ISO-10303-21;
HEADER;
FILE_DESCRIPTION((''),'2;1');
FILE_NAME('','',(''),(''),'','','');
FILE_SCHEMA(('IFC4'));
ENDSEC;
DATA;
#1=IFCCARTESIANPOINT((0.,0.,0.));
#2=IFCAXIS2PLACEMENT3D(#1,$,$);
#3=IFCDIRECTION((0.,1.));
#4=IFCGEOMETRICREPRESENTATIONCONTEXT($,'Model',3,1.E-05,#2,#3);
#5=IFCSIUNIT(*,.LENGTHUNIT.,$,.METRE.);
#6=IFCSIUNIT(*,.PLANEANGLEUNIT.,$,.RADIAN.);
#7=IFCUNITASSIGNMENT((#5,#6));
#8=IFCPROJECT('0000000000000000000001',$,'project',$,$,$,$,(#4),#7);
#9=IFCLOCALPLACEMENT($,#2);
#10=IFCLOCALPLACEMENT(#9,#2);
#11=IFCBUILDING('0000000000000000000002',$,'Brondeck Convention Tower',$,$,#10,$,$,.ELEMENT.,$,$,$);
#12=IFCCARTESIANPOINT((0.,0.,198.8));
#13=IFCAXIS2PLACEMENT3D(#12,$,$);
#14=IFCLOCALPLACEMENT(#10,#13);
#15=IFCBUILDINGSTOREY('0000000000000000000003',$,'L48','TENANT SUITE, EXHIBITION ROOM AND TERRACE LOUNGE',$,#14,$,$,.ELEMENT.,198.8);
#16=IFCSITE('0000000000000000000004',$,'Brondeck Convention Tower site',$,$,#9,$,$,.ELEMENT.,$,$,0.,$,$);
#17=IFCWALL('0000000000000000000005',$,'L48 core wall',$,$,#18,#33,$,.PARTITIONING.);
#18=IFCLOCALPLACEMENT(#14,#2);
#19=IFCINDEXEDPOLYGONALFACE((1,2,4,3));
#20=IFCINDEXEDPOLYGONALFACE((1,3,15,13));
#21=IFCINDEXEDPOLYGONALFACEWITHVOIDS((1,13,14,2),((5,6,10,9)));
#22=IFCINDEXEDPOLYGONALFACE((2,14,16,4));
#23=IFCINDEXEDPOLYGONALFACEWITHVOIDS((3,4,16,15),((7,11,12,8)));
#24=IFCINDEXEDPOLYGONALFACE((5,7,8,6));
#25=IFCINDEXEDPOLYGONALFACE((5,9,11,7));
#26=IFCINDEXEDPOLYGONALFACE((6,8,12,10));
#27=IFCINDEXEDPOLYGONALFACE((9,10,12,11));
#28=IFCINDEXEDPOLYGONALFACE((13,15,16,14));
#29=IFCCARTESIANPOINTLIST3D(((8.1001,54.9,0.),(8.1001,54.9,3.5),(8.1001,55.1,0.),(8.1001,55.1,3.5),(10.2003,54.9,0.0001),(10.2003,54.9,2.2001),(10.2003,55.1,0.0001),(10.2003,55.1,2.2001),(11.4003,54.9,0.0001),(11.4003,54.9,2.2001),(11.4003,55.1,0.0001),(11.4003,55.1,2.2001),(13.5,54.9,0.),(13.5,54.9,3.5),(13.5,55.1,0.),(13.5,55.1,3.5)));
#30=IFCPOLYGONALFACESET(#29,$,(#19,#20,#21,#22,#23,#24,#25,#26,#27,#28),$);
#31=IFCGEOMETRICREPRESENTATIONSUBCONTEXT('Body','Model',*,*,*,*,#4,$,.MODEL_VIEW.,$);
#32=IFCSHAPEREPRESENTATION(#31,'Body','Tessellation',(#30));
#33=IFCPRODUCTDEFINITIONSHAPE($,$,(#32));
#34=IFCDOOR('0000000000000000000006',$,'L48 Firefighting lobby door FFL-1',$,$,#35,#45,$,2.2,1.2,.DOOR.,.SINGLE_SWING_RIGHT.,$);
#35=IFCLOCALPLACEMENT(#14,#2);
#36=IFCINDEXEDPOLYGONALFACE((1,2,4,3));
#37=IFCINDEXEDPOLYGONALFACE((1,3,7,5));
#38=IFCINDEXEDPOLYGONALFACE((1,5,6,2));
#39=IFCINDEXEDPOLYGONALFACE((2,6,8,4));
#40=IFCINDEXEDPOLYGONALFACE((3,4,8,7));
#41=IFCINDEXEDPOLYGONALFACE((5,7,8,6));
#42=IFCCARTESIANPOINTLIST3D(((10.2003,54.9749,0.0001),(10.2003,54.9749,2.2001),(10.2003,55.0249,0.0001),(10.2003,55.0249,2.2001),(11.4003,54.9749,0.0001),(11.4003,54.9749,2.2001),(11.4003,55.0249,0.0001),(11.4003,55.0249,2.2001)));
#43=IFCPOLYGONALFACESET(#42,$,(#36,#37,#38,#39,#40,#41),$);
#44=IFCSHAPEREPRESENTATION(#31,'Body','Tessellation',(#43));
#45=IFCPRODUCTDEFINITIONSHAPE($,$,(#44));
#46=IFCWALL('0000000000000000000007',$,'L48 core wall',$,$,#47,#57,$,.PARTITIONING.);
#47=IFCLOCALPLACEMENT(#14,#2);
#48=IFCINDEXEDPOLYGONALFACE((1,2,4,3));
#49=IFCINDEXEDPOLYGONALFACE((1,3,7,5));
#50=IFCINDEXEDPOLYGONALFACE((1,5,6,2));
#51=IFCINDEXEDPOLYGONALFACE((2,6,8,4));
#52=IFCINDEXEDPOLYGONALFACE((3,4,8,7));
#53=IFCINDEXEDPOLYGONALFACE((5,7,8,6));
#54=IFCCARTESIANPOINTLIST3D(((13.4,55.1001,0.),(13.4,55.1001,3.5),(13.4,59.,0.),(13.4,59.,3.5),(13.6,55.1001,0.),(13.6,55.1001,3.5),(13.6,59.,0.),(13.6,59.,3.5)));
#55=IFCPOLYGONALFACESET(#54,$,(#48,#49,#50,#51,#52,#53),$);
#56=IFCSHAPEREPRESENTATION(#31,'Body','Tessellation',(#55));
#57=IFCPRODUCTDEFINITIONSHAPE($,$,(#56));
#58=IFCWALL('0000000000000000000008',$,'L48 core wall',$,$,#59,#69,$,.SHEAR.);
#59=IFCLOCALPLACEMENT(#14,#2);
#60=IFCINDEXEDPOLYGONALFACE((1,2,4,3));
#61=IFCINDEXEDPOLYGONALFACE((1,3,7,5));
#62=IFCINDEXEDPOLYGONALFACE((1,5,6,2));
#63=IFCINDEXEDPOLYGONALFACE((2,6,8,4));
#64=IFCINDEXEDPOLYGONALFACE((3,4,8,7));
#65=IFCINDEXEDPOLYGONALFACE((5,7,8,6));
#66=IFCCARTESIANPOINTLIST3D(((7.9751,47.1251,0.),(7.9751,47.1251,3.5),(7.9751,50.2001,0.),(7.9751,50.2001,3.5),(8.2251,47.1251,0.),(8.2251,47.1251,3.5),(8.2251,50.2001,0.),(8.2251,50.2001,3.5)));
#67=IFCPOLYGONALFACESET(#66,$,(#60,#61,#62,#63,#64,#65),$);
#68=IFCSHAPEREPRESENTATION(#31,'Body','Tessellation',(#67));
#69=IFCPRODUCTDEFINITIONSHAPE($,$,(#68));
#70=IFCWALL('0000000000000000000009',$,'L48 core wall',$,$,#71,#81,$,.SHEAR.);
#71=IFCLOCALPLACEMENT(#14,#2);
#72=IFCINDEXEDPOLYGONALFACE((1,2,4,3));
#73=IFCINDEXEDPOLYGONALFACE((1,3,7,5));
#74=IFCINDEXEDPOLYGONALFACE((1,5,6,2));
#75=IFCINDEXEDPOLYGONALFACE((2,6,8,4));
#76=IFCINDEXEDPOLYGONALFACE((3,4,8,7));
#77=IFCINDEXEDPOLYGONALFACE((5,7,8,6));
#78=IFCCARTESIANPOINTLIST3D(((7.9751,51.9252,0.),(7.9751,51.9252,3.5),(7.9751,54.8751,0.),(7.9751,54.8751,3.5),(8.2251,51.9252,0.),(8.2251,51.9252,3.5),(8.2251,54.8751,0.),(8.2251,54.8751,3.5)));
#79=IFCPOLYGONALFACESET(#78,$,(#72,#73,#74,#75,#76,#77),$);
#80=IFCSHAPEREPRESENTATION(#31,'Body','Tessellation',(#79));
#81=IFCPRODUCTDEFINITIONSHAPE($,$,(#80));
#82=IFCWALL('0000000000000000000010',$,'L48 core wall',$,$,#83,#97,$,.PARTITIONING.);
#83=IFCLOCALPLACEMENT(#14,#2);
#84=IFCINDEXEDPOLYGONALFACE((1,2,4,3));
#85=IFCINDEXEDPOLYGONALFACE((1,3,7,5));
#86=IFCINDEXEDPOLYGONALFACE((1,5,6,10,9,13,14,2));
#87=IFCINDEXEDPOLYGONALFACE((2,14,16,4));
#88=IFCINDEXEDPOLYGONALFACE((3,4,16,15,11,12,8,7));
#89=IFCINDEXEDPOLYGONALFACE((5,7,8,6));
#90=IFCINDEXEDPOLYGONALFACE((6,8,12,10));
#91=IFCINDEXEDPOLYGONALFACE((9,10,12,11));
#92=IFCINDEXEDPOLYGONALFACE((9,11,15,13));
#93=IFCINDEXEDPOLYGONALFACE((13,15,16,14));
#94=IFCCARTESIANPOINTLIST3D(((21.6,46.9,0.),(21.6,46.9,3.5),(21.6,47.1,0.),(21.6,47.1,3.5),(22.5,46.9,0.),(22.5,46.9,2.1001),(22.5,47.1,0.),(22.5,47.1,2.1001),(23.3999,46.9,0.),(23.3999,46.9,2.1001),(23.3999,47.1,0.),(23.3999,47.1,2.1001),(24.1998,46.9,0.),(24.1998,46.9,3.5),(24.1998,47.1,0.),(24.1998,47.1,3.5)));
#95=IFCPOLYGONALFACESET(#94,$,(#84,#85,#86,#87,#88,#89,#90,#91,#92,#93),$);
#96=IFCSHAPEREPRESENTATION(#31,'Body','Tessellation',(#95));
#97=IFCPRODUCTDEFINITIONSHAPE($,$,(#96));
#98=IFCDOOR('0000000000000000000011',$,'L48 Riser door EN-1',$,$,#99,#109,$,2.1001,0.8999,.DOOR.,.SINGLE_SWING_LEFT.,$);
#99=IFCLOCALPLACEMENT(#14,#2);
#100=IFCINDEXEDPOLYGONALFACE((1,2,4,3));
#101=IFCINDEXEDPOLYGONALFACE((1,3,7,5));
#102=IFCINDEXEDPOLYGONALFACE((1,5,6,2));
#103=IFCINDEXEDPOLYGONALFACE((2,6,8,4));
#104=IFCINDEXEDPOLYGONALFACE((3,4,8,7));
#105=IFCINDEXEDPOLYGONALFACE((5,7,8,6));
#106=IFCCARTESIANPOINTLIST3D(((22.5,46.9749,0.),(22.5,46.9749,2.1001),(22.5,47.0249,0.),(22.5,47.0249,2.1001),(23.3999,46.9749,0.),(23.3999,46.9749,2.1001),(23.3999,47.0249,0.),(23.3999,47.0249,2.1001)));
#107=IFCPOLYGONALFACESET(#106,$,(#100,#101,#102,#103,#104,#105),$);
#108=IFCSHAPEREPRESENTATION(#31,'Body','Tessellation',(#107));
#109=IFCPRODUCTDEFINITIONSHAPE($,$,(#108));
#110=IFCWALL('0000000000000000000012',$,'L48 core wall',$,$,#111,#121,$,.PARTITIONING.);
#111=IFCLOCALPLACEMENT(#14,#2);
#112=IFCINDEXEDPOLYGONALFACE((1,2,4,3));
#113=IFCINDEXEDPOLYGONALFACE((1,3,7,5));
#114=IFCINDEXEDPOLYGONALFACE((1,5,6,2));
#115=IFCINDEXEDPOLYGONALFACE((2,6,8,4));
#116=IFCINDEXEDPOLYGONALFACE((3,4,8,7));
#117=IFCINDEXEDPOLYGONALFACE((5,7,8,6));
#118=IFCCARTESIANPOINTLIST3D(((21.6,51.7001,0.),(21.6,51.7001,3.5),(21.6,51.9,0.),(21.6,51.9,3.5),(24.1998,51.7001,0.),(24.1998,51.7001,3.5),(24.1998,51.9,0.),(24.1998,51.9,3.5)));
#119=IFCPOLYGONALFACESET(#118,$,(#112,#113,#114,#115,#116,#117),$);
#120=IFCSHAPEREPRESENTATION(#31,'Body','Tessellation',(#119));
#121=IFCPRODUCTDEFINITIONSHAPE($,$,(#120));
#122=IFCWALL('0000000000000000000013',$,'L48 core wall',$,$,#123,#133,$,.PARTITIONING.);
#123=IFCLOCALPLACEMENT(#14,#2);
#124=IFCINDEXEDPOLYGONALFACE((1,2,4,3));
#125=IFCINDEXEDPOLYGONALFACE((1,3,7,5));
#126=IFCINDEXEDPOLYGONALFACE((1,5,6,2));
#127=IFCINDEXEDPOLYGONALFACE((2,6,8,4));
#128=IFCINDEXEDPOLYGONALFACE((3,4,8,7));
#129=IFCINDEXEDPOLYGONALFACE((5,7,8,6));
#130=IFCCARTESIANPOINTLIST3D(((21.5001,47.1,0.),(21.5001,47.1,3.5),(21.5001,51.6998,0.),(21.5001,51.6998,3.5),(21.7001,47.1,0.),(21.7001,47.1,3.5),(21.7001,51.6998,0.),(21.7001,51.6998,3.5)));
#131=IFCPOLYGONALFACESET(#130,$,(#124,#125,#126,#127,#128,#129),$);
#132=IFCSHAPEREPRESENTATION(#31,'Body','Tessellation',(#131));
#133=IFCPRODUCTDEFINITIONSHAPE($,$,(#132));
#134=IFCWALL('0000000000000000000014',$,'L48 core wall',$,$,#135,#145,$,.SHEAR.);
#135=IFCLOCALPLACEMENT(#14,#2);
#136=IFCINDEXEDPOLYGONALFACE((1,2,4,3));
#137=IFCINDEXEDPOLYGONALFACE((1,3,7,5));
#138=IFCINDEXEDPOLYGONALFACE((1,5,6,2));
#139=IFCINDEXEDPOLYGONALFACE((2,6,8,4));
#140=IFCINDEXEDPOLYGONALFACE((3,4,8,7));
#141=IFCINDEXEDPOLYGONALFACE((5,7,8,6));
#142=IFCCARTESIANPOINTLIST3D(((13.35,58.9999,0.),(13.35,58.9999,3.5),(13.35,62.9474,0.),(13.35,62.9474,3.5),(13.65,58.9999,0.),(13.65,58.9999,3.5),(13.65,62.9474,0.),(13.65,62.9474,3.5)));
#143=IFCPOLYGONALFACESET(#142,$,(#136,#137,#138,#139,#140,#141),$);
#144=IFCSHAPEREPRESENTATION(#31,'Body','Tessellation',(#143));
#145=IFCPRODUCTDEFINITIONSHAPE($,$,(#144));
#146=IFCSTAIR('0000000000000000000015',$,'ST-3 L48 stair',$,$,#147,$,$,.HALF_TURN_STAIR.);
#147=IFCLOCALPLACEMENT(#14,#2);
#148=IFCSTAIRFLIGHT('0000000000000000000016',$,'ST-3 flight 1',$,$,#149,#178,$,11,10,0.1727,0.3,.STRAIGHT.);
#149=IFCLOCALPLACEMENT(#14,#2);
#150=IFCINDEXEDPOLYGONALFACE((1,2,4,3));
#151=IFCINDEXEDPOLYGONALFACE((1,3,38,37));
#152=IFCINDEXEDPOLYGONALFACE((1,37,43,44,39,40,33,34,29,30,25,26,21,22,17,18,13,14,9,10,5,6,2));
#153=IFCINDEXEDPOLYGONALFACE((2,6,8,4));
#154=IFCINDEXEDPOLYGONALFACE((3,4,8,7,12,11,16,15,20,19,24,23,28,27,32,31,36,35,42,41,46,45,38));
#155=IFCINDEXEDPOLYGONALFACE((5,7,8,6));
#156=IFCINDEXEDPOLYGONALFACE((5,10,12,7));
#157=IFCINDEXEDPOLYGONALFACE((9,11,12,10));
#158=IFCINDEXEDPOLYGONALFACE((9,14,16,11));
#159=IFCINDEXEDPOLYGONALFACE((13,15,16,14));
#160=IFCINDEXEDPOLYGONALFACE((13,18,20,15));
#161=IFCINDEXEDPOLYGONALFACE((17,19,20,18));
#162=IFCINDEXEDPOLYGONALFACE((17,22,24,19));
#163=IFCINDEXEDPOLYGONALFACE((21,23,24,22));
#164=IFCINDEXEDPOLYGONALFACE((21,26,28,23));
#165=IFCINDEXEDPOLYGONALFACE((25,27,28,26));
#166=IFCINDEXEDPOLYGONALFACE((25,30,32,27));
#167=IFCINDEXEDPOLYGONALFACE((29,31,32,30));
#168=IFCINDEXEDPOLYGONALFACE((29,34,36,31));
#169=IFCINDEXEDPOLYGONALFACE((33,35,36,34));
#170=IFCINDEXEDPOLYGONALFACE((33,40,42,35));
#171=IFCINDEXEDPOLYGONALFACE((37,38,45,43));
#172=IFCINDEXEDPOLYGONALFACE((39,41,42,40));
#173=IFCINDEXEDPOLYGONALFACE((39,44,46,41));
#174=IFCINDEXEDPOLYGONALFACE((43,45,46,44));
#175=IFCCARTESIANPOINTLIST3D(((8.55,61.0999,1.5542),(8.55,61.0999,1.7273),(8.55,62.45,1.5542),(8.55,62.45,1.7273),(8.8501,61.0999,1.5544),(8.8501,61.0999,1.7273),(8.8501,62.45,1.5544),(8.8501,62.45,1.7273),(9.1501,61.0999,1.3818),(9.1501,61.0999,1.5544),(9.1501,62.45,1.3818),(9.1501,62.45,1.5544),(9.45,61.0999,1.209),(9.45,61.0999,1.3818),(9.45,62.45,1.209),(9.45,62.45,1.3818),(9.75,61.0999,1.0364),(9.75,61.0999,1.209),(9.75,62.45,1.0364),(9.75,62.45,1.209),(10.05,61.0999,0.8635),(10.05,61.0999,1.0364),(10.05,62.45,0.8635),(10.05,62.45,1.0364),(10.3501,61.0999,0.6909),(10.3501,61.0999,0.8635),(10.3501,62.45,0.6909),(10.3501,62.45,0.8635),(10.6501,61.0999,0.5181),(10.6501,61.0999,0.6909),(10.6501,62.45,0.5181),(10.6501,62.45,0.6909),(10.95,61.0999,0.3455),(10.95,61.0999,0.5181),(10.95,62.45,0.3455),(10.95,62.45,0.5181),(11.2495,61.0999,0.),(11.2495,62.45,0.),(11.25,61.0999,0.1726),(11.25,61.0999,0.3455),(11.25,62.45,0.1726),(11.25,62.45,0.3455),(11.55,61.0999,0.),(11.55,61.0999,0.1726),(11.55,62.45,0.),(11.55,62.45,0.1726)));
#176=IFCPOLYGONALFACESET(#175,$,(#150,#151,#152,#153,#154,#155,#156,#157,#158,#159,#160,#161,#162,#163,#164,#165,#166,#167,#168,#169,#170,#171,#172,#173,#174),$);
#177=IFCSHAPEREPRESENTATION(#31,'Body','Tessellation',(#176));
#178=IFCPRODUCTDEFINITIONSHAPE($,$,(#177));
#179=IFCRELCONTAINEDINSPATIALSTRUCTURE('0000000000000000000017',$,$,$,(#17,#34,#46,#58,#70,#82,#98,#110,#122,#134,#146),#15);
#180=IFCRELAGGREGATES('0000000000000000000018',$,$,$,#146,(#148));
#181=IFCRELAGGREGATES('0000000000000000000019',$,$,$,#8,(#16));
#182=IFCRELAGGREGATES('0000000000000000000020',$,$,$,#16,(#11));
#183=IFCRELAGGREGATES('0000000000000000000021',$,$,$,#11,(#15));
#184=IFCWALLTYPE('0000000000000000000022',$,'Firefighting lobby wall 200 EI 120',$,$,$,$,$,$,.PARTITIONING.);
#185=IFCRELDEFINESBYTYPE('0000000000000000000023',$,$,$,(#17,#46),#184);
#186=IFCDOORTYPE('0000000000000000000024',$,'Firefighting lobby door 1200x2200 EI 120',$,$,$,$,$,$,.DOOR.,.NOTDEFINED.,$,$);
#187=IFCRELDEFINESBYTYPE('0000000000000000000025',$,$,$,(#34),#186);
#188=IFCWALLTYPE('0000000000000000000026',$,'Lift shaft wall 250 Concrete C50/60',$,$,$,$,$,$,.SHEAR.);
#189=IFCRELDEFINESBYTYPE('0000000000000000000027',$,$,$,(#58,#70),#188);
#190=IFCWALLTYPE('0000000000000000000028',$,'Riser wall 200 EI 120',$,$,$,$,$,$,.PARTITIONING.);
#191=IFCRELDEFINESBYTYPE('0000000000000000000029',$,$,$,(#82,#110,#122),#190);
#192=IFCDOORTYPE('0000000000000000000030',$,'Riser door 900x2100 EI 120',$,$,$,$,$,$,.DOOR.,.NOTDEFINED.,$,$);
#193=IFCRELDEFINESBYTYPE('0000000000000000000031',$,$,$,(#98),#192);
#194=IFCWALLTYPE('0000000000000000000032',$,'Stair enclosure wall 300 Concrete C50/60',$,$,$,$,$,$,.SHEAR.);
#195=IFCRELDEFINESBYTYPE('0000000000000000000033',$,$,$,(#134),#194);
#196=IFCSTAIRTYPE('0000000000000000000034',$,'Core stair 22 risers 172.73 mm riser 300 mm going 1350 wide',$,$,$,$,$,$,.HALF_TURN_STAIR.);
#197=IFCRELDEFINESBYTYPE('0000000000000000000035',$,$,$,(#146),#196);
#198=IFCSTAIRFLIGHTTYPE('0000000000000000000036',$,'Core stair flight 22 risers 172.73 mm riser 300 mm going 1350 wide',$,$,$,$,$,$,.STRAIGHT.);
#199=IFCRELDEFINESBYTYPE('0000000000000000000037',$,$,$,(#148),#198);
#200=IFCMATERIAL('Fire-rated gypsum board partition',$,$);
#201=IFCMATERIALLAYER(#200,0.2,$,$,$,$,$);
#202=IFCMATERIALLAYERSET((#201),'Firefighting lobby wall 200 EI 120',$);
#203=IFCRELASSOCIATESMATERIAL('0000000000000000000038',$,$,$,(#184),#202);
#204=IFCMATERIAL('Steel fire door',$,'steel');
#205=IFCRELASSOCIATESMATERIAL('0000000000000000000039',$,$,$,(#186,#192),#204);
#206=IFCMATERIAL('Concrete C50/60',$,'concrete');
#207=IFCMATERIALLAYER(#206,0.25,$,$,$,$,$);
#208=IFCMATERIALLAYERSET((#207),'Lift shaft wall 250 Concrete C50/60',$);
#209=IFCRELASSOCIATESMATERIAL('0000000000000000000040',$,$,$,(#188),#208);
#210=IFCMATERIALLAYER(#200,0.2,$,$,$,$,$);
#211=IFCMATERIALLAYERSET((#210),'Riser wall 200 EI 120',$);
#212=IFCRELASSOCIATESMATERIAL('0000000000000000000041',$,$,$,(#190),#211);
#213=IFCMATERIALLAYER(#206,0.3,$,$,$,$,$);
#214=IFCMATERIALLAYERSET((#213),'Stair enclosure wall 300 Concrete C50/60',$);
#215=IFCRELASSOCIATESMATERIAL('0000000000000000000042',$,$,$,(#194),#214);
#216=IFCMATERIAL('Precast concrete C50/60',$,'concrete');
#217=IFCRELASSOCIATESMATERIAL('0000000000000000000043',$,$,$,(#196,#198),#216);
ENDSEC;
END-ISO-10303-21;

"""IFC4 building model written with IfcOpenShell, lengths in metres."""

from ifc_helpers import new_model, si_unit, direction, frame, frame_2d, origin, place, context, subcontext, project, spatial, polyline, rectangle, outline, extrude, material, layer, layer_set, type_object, element, fill, aggregate, save


model = new_model("IFC4")

# Units and contexts
model_context = context("Model", 3, precision=1e-05, world=origin(), true_north=direction((0.0, 1.0)))
body_context = subcontext(model_context, "Body", "Model", "MODEL_VIEW")
ifc_project = project(units=[si_unit("LENGTHUNIT", "METRE"), si_unit("PLANEANGLEUNIT", "RADIAN")], contexts=[model_context])

# Site, building, storey
site_placement = place(None, origin())
site = spatial("IfcSite", under=ifc_project, at=site_placement, Name="Brondeck Convention Tower site", CompositionType="ELEMENT", RefElevation=0.0)
building_placement = place(site_placement, origin())
building = spatial("IfcBuilding", under=site, at=building_placement, Name="Brondeck Convention Tower", CompositionType="ELEMENT")
storey_placement = place(building_placement, frame((0.0, 0.0, 198.8)))
storey = spatial("IfcBuildingStorey", under=building, at=storey_placement, Name="L48", Description="TENANT SUITE, EXHIBITION ROOM AND TERRACE LOUNGE", CompositionType="ELEMENT", Elevation=198.8)

# Shared definitions
ifc_material_1 = material(Name="Concrete C50/60", Category="concrete")

# Shared definitions
ifc_material_2 = material(Name="Fire-rated gypsum board partition")

# Shared definitions
ifc_material_3 = material(Name="Steel fire door", Category="steel")

# Wall, opening, door
ifc_layer_1 = layer(ifc_material_2, 0.2)
ifc_layer_set_1 = layer_set([ifc_layer_1], Name="Firefighting lobby wall 200 EI 120")
wall_type_1 = type_object("IfcWallType", Name="Firefighting lobby wall 200 EI 120", PredefinedType="PARTITIONING", material=ifc_layer_set_1)
wall_1_placement = place(storey_placement, frame((8.1001, 55.0, 0.0), z_axis=(0.0, 0.0, 1.0), x_axis=(1.0, 0.0, 0.0)))
wall_1 = element("IfcWall", 1, at=wall_1_placement, inside=storey, type_object=wall_type_1, Name="L48 core wall", PredefinedType="PARTITIONING", context=body_context, shape_type="SweptSolid", body=[
    extrude(rectangle(XDim=5.3999, YDim=0.2, at=frame_2d((2.7, 0.0))), origin(), (0.0, 0.0, 1.0), 3.5),
])
opening_1_placement = place(wall_1_placement, frame((2.1001, 0.0, 0.0)))
opening_1 = element("IfcOpeningElement", 2, at=opening_1_placement, cuts=wall_1, PredefinedType="OPENING", context=body_context, shape_type="SweptSolid", body=[
    extrude(rectangle(XDim=1.2, YDim=2.2, at=frame_2d((0.6001, 1.1001))), frame((0.0, 0.1099, 0.0), z_axis=(0.0, -1.0, 0.0), x_axis=(1.0, 0.0, 0.0)), (0.0, 0.0, 1.0), 0.22),
])
door_type_1 = type_object("IfcDoorType", Name="Firefighting lobby door 1200x2200 EI 120", OperationType="NOTDEFINED", PredefinedType="DOOR", material=ifc_material_3)
door_1_placement = place(opening_1_placement, origin())
door_1 = element("IfcDoor", 3, at=door_1_placement, inside=storey, type_object=door_type_1, Name="L48 Firefighting lobby door FFL-1", OperationType="SINGLE_SWING_RIGHT", OverallHeight=2.2, OverallWidth=1.2, PredefinedType="DOOR", context=body_context, shape_type="SweptSolid", body=[
    extrude(rectangle(XDim=1.2, YDim=2.2, at=frame_2d((0.6001, 1.1001))), frame((0.0, 0.0249, 0.0), z_axis=(0.0, -1.0, 0.0), x_axis=(1.0, 0.0, 0.0)), (0.0, 0.0, 1.0), 0.05),
])
fill(opening_1, door_1)

# Walls
wall_2_placement = place(storey_placement, frame((13.5, 55.1001, 0.0), z_axis=(0.0, 0.0, 1.0), x_axis=(0.0, 1.0, 0.0)))
element("IfcWall", 4, at=wall_2_placement, inside=storey, type_object=wall_type_1, Name="L48 core wall", PredefinedType="PARTITIONING", context=body_context, shape_type="SweptSolid", body=[
    extrude(rectangle(XDim=3.8999, YDim=0.2, at=frame_2d((1.95, 0.0))), origin(), (0.0, 0.0, 1.0), 3.5),
])
ifc_layer_2 = layer(ifc_material_1, 0.25)
ifc_layer_set_2 = layer_set([ifc_layer_2], Name="Lift shaft wall 250 Concrete C50/60")
wall_type_2 = type_object("IfcWallType", Name="Lift shaft wall 250 Concrete C50/60", PredefinedType="SHEAR", material=ifc_layer_set_2)
wall_3_placement = place(storey_placement, frame((8.1001, 47.125, 0.0), z_axis=(0.0, 0.0, 1.0), x_axis=(0.0, 1.0, 0.0)))
element("IfcWall", 5, at=wall_3_placement, inside=storey, type_object=wall_type_2, Name="L48 core wall", PredefinedType="SHEAR", context=body_context, shape_type="SweptSolid", body=[
    extrude(rectangle(XDim=3.075, YDim=0.25, at=frame_2d((1.5376, 0.0))), origin(), (0.0, 0.0, 1.0), 3.5),
])
wall_4_placement = place(storey_placement, frame((8.1001, 51.925, 0.0), z_axis=(0.0, 0.0, 1.0), x_axis=(0.0, 1.0, 0.0)))
element("IfcWall", 6, at=wall_4_placement, inside=storey, type_object=wall_type_2, Name="L48 core wall", PredefinedType="SHEAR", context=body_context, shape_type="SweptSolid", body=[
    extrude(rectangle(XDim=2.95, YDim=0.25, at=frame_2d((1.4751, 0.0))), origin(), (0.0, 0.0, 1.0), 3.5),
])

# Wall, opening, door
ifc_layer_3 = layer(ifc_material_2, 0.2)
ifc_layer_set_3 = layer_set([ifc_layer_3], Name="Riser wall 200 EI 120")
wall_type_3 = type_object("IfcWallType", Name="Riser wall 200 EI 120", PredefinedType="PARTITIONING", material=ifc_layer_set_3)
wall_5_placement = place(storey_placement, frame((21.6001, 47.0, 0.0), z_axis=(0.0, 0.0, 1.0), x_axis=(1.0, 0.0, 0.0)))
wall_5 = element("IfcWall", 7, at=wall_5_placement, inside=storey, type_object=wall_type_3, Name="L48 core wall", PredefinedType="PARTITIONING", context=body_context, shape_type="SweptSolid", body=[
    extrude(rectangle(XDim=2.5999, YDim=0.2, at=frame_2d((1.2998, 0.0))), origin(), (0.0, 0.0, 1.0), 3.5),
])
opening_2_placement = place(wall_5_placement, frame((0.8999, 0.0, 0.0)))
opening_2 = element("IfcOpeningElement", 8, at=opening_2_placement, cuts=wall_5, PredefinedType="OPENING", context=body_context, shape_type="SweptSolid", body=[
    extrude(rectangle(XDim=0.8999, YDim=2.1001, at=frame_2d((0.45, 1.05))), frame((0.0, 0.1099, 0.0), z_axis=(0.0, -1.0, 0.0), x_axis=(1.0, 0.0, 0.0)), (0.0, 0.0, 1.0), 0.22),
])
door_type_2 = type_object("IfcDoorType", Name="Riser door 900x2100 EI 120", OperationType="NOTDEFINED", PredefinedType="DOOR", material=ifc_material_3)
door_2_placement = place(opening_2_placement, origin())
door_2 = element("IfcDoor", 9, at=door_2_placement, inside=storey, type_object=door_type_2, Name="L48 Riser door EN-1", OperationType="SINGLE_SWING_LEFT", OverallHeight=2.1001, OverallWidth=0.8999, PredefinedType="DOOR", context=body_context, shape_type="SweptSolid", body=[
    extrude(rectangle(XDim=0.8999, YDim=2.1001, at=frame_2d((0.45, 1.05))), frame((0.0, 0.0249, 0.0), z_axis=(0.0, -1.0, 0.0), x_axis=(1.0, 0.0, 0.0)), (0.0, 0.0, 1.0), 0.05),
])
fill(opening_2, door_2)

# Walls
wall_6_placement = place(storey_placement, frame((21.6001, 51.8, 0.0), z_axis=(0.0, 0.0, 1.0), x_axis=(1.0, 0.0, 0.0)))
element("IfcWall", 10, at=wall_6_placement, inside=storey, type_object=wall_type_3, Name="L48 core wall", PredefinedType="PARTITIONING", context=body_context, shape_type="SweptSolid", body=[
    extrude(rectangle(XDim=2.5999, YDim=0.2, at=frame_2d((1.2998, 0.0))), origin(), (0.0, 0.0, 1.0), 3.5),
])
wall_7_placement = place(storey_placement, frame((21.6001, 47.1001, 0.0), z_axis=(0.0, 0.0, 1.0), x_axis=(0.0, 1.0, 0.0)))
element("IfcWall", 11, at=wall_7_placement, inside=storey, type_object=wall_type_3, Name="L48 core wall", PredefinedType="PARTITIONING", context=body_context, shape_type="SweptSolid", body=[
    extrude(rectangle(XDim=4.5999, YDim=0.2, at=frame_2d((2.2998, 0.0))), origin(), (0.0, 0.0, 1.0), 3.5),
])
ifc_layer_4 = layer(ifc_material_1, 0.3)
ifc_layer_set_4 = layer_set([ifc_layer_4], Name="Stair enclosure wall 300 Concrete C50/60")
wall_type_4 = type_object("IfcWallType", Name="Stair enclosure wall 300 Concrete C50/60", PredefinedType="SHEAR", material=ifc_layer_set_4)
wall_8_placement = place(storey_placement, frame((13.5, 59.0, 0.0), z_axis=(0.0, 0.0, 1.0), x_axis=(0.0, 1.0, 0.0)))
element("IfcWall", 12, at=wall_8_placement, inside=storey, type_object=wall_type_4, Name="L48 core wall", PredefinedType="SHEAR", context=body_context, shape_type="SweptSolid", body=[
    extrude(rectangle(XDim=3.9475, YDim=0.3, at=frame_2d((1.9736, 0.0))), origin(), (0.0, 0.0, 1.0), 3.5),
])

# Stair, stair flight
ifc_material_4 = material(Name="Precast concrete C50/60", Category="concrete")
stair_type = type_object("IfcStairType", Name="Core stair 22 risers 172.73 mm riser 300 mm going 1350 wide", PredefinedType="HALF_TURN_STAIR", material=ifc_material_4)
stair_placement = place(storey_placement, origin())
stair = element("IfcStair", 13, at=stair_placement, inside=storey, type_object=stair_type, Name="ST-3 L48 stair", PredefinedType="HALF_TURN_STAIR")
stair_flight_type = type_object("IfcStairFlightType", Name="Core stair flight 22 risers 172.73 mm riser 300 mm going 1350 wide", PredefinedType="STRAIGHT", material=ifc_material_4)
stair_flight_1_placement = place(storey_placement, frame((11.55, 61.7749, 0.0), z_axis=(0.0, 0.0, 1.0), x_axis=(-1.0, 0.0, 0.0)))
stair_flight_1 = element("IfcStairFlight", 14, at=stair_flight_1_placement, type_object=stair_flight_type, Name="ST-3 flight 1", NumberOfRisers=11, NumberOfTreads=10, PredefinedType="STRAIGHT", RiserHeight=0.1727, TreadLength=0.3, context=body_context, shape_type="SweptSolid", body=[
    extrude(outline(polyline([(0.0, 0.0), (0.0, 0.1726), (0.3, 0.1726), (0.3, 0.3455), (0.6001, 0.3455), (0.6001, 0.5181), (0.8999, 0.5181), (0.8999, 0.6909), (1.2, 0.6909), (1.2, 0.8635), (1.5, 0.8635), (1.5, 1.0364), (1.8, 1.0364), (1.8, 1.209), (2.1001, 1.209), (2.1001, 1.3818), (2.3999, 1.3818), (2.3999, 1.5544), (2.7, 1.5544), (2.7, 1.7273), (3.0, 1.7273), (3.0, 1.8999), (3.0, 1.5542), (0.3005, 0.0), (0.0, 0.0)])), frame((0.0, 0.675, 0.0), z_axis=(0.0, -1.0, 0.0), x_axis=(1.0, 0.0, 0.0)), (0.0, 0.0, 1.0), 1.3501),
])
aggregate(stair, [stair_flight_1])

save(model, "model.ifc")
